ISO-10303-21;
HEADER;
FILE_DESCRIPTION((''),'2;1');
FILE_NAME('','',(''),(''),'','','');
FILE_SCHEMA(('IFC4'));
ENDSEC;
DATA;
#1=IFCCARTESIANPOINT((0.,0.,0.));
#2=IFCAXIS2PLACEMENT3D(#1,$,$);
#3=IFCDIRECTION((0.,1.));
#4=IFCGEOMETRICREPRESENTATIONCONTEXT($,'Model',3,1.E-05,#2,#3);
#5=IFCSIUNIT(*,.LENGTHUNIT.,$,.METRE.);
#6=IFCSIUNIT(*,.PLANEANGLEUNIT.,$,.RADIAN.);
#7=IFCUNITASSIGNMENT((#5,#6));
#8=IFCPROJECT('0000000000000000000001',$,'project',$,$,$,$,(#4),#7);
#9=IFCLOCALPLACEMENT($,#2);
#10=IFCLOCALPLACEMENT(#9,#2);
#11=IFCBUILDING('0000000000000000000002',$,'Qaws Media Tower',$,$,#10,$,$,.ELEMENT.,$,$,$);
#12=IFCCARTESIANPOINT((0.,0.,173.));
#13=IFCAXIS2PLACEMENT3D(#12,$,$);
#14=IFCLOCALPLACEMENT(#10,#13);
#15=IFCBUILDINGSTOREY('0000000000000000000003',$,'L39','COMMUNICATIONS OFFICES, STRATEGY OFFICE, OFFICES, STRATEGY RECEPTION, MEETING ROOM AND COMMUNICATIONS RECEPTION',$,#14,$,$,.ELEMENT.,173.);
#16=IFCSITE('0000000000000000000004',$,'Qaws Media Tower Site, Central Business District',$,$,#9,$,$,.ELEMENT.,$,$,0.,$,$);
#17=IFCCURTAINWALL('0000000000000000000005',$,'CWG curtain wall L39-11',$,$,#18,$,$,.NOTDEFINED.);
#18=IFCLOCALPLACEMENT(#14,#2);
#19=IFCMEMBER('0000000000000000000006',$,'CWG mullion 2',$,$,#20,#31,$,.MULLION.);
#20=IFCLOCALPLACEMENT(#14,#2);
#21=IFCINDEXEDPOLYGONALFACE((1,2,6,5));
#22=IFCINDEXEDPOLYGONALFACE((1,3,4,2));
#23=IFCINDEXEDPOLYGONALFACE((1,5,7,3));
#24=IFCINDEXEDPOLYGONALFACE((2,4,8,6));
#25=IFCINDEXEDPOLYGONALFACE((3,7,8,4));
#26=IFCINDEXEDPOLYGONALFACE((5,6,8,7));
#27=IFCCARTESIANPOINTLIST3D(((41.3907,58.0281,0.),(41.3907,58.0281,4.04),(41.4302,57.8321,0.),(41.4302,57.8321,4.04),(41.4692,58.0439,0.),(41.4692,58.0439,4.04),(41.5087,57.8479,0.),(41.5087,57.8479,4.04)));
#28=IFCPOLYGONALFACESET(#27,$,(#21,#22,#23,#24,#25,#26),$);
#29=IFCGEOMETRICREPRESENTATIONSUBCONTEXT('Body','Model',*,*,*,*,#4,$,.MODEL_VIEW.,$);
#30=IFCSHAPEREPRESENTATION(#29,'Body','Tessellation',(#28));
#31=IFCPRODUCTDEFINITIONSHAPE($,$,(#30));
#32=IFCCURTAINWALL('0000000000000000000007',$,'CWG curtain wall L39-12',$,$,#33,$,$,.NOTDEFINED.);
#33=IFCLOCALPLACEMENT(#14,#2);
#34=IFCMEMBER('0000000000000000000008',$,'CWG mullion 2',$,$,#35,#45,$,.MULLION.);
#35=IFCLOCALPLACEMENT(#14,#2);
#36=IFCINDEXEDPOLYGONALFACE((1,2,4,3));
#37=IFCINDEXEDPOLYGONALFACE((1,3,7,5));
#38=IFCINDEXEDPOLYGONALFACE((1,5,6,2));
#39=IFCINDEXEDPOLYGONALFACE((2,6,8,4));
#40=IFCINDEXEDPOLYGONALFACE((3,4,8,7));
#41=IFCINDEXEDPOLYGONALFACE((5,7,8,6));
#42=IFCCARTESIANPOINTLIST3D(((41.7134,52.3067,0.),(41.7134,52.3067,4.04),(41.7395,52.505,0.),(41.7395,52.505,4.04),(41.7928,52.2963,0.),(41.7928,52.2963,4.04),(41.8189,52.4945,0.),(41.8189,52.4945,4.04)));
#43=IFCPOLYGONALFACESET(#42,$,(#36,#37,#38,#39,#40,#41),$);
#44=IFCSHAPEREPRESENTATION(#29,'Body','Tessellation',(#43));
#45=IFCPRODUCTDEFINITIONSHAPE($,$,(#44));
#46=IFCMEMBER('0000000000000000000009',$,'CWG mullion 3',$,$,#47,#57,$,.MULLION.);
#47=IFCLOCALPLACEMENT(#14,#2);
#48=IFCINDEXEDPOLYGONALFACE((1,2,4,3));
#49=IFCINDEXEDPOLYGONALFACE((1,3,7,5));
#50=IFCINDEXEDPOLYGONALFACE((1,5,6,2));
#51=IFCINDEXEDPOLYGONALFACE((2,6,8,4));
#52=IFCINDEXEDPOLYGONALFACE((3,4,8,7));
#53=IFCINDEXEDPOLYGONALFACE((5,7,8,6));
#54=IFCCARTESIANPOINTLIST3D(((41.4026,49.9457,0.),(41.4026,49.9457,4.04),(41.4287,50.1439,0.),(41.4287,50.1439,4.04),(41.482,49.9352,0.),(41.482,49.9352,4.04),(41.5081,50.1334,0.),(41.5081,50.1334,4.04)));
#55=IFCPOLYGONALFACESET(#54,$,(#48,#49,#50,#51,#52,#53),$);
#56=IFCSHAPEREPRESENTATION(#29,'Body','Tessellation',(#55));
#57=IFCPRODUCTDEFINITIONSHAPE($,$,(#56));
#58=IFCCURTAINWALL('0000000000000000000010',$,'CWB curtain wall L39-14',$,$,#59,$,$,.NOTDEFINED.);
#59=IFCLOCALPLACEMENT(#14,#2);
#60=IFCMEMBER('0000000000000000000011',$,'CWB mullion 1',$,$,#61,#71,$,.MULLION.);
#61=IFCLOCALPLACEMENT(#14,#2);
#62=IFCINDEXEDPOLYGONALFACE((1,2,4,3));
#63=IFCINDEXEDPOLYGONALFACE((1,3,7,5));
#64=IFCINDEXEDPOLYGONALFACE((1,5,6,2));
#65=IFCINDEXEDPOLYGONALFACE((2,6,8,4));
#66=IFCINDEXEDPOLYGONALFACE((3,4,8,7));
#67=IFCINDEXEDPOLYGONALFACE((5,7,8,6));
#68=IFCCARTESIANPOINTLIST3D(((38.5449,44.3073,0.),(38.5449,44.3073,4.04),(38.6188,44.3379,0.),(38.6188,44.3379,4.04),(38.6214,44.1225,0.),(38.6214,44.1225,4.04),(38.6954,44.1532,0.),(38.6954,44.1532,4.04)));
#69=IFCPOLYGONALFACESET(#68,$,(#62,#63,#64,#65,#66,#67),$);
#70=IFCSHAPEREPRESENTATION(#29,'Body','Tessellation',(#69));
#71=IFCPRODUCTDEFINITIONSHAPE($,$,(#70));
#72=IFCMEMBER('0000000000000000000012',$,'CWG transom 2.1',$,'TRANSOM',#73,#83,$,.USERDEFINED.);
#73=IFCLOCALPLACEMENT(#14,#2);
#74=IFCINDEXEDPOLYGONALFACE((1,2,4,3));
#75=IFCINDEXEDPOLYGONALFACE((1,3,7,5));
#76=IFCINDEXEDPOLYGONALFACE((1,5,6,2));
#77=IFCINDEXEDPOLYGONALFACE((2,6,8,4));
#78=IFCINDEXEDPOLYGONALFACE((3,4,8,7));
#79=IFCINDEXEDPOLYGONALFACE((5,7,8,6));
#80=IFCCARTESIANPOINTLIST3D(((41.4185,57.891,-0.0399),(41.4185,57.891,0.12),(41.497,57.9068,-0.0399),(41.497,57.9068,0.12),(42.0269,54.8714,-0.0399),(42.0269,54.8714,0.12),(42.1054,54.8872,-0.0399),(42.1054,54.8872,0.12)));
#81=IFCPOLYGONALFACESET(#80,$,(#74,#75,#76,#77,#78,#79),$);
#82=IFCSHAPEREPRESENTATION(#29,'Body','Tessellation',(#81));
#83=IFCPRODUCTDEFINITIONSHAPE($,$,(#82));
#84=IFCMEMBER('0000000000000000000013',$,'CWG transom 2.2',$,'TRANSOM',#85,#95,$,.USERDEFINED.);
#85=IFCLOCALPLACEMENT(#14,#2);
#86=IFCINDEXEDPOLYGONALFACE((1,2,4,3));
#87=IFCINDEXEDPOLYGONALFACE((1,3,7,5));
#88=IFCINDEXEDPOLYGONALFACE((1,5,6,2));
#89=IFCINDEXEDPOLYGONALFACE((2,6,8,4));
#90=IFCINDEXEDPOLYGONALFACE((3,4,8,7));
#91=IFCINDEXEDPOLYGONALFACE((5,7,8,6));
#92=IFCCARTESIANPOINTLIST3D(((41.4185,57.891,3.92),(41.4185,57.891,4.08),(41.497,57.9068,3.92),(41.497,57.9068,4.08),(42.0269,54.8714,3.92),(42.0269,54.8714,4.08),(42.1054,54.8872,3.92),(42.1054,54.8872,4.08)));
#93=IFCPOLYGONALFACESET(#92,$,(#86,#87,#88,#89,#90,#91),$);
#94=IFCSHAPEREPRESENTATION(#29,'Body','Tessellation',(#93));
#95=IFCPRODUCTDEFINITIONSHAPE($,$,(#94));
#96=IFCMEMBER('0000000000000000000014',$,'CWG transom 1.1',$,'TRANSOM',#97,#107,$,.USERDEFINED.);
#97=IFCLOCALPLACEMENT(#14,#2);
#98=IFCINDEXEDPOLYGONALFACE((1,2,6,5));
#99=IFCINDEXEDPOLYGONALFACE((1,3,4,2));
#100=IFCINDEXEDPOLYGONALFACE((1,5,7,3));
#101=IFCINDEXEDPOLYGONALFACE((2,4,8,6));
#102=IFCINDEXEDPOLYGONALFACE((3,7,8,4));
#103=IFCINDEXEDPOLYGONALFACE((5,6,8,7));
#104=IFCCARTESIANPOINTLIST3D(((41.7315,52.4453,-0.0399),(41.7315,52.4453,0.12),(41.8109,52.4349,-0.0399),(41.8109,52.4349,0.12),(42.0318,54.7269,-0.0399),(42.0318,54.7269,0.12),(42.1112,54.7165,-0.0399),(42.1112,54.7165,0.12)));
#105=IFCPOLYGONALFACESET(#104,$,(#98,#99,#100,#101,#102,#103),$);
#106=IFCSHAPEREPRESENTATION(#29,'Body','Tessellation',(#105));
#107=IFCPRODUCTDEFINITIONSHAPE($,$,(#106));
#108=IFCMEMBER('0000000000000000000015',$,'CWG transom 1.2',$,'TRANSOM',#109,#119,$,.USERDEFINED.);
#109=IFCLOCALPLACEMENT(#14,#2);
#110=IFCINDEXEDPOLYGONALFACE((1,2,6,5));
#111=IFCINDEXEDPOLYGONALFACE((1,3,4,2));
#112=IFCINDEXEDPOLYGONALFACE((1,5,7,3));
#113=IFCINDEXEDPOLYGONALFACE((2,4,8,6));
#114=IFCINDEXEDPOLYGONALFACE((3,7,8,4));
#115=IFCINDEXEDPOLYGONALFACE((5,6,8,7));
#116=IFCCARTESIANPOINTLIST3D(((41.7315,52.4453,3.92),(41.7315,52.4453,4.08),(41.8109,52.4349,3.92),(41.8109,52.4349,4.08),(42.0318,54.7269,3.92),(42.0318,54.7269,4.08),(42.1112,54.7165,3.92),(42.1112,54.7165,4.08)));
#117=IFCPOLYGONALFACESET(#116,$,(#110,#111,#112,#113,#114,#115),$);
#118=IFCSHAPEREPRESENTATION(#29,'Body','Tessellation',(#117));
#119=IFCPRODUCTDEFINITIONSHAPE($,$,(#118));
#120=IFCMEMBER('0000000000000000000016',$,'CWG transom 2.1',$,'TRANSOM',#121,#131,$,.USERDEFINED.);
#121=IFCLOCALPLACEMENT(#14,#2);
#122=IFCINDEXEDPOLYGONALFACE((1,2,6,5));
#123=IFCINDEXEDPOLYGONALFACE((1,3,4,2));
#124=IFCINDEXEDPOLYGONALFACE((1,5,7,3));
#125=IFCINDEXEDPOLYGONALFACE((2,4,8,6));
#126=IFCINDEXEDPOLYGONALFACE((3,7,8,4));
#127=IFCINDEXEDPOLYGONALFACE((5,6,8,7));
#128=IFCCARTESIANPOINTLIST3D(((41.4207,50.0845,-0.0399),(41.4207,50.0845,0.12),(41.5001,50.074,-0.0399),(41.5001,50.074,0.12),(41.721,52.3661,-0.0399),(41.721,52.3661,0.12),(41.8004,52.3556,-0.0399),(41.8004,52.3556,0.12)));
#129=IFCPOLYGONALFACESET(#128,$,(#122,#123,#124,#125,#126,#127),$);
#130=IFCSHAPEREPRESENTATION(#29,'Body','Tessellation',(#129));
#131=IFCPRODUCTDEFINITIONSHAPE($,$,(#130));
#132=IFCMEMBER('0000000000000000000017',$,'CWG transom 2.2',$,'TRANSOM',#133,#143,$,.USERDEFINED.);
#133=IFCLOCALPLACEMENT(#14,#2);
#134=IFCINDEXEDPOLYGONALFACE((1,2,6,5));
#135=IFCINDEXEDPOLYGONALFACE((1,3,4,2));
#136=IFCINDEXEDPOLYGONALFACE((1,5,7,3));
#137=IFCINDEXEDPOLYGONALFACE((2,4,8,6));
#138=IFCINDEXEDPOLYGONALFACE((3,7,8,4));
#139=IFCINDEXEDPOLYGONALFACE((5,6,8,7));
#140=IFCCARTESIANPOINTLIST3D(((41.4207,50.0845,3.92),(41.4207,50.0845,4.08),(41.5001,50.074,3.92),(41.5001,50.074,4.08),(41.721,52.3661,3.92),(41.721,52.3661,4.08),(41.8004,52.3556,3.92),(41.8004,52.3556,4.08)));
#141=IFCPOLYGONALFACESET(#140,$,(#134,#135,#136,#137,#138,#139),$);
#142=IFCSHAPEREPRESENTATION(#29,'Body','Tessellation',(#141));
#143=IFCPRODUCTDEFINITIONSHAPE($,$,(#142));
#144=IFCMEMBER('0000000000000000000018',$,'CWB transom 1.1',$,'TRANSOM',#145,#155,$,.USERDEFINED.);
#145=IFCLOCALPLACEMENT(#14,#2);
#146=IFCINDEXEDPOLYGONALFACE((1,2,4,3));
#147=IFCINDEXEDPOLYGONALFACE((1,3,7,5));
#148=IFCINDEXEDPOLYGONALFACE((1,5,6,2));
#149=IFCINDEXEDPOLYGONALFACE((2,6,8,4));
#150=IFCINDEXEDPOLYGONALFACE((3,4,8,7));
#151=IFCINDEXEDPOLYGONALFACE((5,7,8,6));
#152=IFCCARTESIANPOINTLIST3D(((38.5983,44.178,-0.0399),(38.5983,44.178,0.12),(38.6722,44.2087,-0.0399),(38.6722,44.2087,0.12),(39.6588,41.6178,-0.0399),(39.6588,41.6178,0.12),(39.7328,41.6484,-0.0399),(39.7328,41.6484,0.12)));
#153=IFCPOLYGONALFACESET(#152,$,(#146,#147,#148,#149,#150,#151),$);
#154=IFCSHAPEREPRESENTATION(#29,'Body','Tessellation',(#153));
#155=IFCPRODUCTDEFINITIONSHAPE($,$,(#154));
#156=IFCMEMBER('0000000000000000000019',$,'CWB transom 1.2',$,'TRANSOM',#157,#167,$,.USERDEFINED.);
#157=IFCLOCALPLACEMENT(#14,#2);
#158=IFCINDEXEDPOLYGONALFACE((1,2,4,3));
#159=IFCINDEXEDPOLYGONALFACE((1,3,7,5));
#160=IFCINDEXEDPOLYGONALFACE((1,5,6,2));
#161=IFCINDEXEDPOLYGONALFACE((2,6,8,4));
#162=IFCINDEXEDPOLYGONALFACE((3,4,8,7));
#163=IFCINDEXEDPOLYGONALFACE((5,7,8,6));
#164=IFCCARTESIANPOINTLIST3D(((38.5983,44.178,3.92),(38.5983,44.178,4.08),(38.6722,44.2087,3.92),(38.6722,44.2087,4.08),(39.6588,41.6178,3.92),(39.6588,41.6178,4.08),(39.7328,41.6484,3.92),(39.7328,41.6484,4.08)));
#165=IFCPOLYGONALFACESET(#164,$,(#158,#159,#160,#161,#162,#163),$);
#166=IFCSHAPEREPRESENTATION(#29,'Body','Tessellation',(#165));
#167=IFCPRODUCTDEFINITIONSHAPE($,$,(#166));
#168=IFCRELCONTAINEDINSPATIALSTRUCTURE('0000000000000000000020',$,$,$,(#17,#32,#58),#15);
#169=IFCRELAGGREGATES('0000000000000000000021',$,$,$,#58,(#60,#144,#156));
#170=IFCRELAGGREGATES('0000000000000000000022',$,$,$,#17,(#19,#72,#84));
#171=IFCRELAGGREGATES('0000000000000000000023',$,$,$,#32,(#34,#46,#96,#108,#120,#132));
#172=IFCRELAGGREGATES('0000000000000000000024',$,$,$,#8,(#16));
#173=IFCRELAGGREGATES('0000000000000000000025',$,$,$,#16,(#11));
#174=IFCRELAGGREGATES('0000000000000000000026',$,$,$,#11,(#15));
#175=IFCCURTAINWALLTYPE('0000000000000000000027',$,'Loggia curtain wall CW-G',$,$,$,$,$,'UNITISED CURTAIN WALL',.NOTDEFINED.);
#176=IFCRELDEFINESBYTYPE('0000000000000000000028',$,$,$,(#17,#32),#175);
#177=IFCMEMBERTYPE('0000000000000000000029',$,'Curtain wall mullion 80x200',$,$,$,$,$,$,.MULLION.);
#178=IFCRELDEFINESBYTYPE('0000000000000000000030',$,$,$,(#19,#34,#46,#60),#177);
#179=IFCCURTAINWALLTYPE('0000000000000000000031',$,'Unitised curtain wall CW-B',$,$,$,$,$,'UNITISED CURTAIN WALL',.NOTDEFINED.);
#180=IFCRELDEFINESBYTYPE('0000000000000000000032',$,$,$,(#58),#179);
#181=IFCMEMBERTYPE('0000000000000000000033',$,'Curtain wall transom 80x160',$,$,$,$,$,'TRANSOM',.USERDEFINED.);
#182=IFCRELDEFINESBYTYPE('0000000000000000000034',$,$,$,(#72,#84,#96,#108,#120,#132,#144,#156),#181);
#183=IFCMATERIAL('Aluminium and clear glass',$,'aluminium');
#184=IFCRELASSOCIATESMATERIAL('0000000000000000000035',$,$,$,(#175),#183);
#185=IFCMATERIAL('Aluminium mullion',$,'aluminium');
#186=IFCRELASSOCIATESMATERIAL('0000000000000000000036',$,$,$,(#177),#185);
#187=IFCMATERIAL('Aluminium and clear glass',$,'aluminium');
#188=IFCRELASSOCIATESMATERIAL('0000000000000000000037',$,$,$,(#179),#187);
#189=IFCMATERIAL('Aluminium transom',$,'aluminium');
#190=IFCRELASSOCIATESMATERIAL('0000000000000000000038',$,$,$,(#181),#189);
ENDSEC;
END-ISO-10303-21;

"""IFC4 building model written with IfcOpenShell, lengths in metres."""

from ifc_helpers import new_model, si_unit, direction, frame, origin, origin_2d, place, context, subcontext, project, spatial, rectangle, extrude, material, material_profile, profile_set, type_object, element, aggregate, save


model = new_model("IFC4")

# Units and contexts
model_context = context("Model", 3, precision=1e-05, world=origin(), true_north=direction((0.0, 1.0)))
body_context = subcontext(model_context, "Body", "Model", "MODEL_VIEW")
ifc_project = project(units=[si_unit("LENGTHUNIT", "METRE"), si_unit("PLANEANGLEUNIT", "RADIAN")], contexts=[model_context])

# Site, building, storey
site_placement = place(None, origin())
site = spatial("IfcSite", under=ifc_project, at=site_placement, Name="Qaws Media Tower Site, Central Business District", CompositionType="ELEMENT", RefElevation=0.0)
building_placement = place(site_placement, origin())
building = spatial("IfcBuilding", under=site, at=building_placement, Name="Qaws Media Tower", CompositionType="ELEMENT")
storey_placement = place(building_placement, frame((0.0, 0.0, 173.0)))
storey = spatial("IfcBuildingStorey", under=building, at=storey_placement, Name="L39", Description="COMMUNICATIONS OFFICES, STRATEGY OFFICE, OFFICES, STRATEGY RECEPTION, MEETING ROOM AND COMMUNICATIONS RECEPTION", CompositionType="ELEMENT", Elevation=173.0)

# Curtain wall, member
ifc_material_1 = material(Name="Aluminium and clear glass", Category="aluminium")
curtain_wall_type_1 = type_object("IfcCurtainWallType", Name="Loggia curtain wall CW-G", ElementType="UNITISED CURTAIN WALL", PredefinedType="NOTDEFINED", material=ifc_material_1)
curtain_wall_1_placement = place(storey_placement, origin())
curtain_wall_1 = element("IfcCurtainWall", 1, at=curtain_wall_1_placement, inside=storey, type_object=curtain_wall_type_1, Name="CWG curtain wall L39-11", PredefinedType="NOTDEFINED")
ifc_material_2 = material(Name="Aluminium mullion", Category="aluminium")
ifc_material_profile_1 = material_profile(ifc_material_2, rectangle(XDim=0.0801, YDim=0.2, at=origin_2d()), Name="80x200")
ifc_profile_set_1 = profile_set([ifc_material_profile_1], Name="Aluminium mullion")
member_type_1 = type_object("IfcMemberType", Name="Curtain wall mullion 80x200", PredefinedType="MULLION", material=ifc_profile_set_1)
member_1_placement = place(storey_placement, frame((41.4497, 57.938, 0.0), z_axis=(0.0, 0.0, 1.0), x_axis=(0.980286, 0.197582, 0.0)))
member_1 = element("IfcMember", 2, at=member_1_placement, type_object=member_type_1, Name="CWG mullion 2", PredefinedType="MULLION", context=body_context, shape_type="SweptSolid", body=[
    extrude(rectangle(XDim=0.0801, YDim=0.2, at=origin_2d()), origin(), (0.0, 0.0, 1.0), 4.04),
])

# Curtain wall, members
curtain_wall_2_placement = place(storey_placement, origin())
curtain_wall_2 = element("IfcCurtainWall", 3, at=curtain_wall_2_placement, inside=storey, type_object=curtain_wall_type_1, Name="CWG curtain wall L39-12", PredefinedType="NOTDEFINED")
member_2_placement = place(storey_placement, frame((41.7661, 52.4006, 0.0), z_axis=(0.0, 0.0, 1.0), x_axis=(0.991445, -0.130526, 0.0)))
member_2 = element("IfcMember", 4, at=member_2_placement, type_object=member_type_1, Name="CWG mullion 2", PredefinedType="MULLION", context=body_context, shape_type="SweptSolid", body=[
    extrude(rectangle(XDim=0.0801, YDim=0.2, at=origin_2d()), origin(), (0.0, 0.0, 1.0), 4.04),
])
member_3_placement = place(storey_placement, frame((41.4553, 50.0396, 0.0), z_axis=(0.0, 0.0, 1.0), x_axis=(0.991445, -0.130526, 0.0)))
member_3 = element("IfcMember", 5, at=member_3_placement, type_object=member_type_1, Name="CWG mullion 3", PredefinedType="MULLION", context=body_context, shape_type="SweptSolid", body=[
    extrude(rectangle(XDim=0.0801, YDim=0.2, at=origin_2d()), origin(), (0.0, 0.0, 1.0), 4.04),
])

# Curtain wall, member
ifc_material_3 = material(Name="Aluminium and clear glass", Category="aluminium")
curtain_wall_type_2 = type_object("IfcCurtainWallType", Name="Unitised curtain wall CW-B", ElementType="UNITISED CURTAIN WALL", PredefinedType="NOTDEFINED", material=ifc_material_3)
curtain_wall_3_placement = place(storey_placement, origin())
curtain_wall_3 = element("IfcCurtainWall", 6, at=curtain_wall_3_placement, inside=storey, type_object=curtain_wall_type_2, Name="CWB curtain wall L39-14", PredefinedType="NOTDEFINED")
member_4_placement = place(storey_placement, frame((38.6201, 44.2302, 0.0), z_axis=(0.0, 0.0, 1.0), x_axis=(0.92388, 0.382683, 0.0)))
member_4 = element("IfcMember", 7, at=member_4_placement, type_object=member_type_1, Name="CWB mullion 1", PredefinedType="MULLION", context=body_context, shape_type="SweptSolid", body=[
    extrude(rectangle(XDim=0.0801, YDim=0.2, at=origin_2d()), origin(), (0.0, 0.0, 1.0), 4.04),
])

# Members
ifc_material_4 = material(Name="Aluminium transom", Category="aluminium")
ifc_material_profile_2 = material_profile(ifc_material_4, rectangle(XDim=0.0801, YDim=0.1599, at=origin_2d()), Name="80x160")
ifc_profile_set_2 = profile_set([ifc_material_profile_2], Name="Aluminium transom")
member_type_2 = type_object("IfcMemberType", Name="Curtain wall transom 80x160", ElementType="TRANSOM", PredefinedType="USERDEFINED", material=ifc_profile_set_2)
member_5_placement = place(storey_placement, frame((41.4578, 57.8989, 0.04), z_axis=(0.197518, -0.980299, 0.0), x_axis=(0.980299, 0.197518, 0.0)))
member_5 = element("IfcMember", 8, at=member_5_placement, type_object=member_type_2, Name="CWG transom 2.1", ObjectType="TRANSOM", PredefinedType="USERDEFINED", context=body_context, shape_type="SweptSolid", body=[
    extrude(rectangle(XDim=0.0801, YDim=0.1599, at=origin_2d()), origin(), (0.0, 0.0, 1.0), 3.0803),
])
member_6_placement = place(storey_placement, frame((41.4578, 57.8989, 4.0), z_axis=(0.197518, -0.980299, 0.0), x_axis=(0.980299, 0.197518, 0.0)))
member_6 = element("IfcMember", 9, at=member_6_placement, type_object=member_type_2, Name="CWG transom 2.2", ObjectType="TRANSOM", PredefinedType="USERDEFINED", context=body_context, shape_type="SweptSolid", body=[
    extrude(rectangle(XDim=0.0801, YDim=0.1599, at=origin_2d()), origin(), (0.0, 0.0, 1.0), 3.0803),
])
member_7_placement = place(storey_placement, frame((42.0715, 54.7217, 0.04), z_axis=(-0.130496, -0.991449, 0.0), x_axis=(0.991449, -0.130496, 0.0)))
member_7 = element("IfcMember", 10, at=member_7_placement, type_object=member_type_2, Name="CWG transom 1.1", ObjectType="TRANSOM", PredefinedType="USERDEFINED", context=body_context, shape_type="SweptSolid", body=[
    extrude(rectangle(XDim=0.0801, YDim=0.1599, at=origin_2d()), origin(), (0.0, 0.0, 1.0), 2.3013),
])
member_8_placement = place(storey_placement, frame((42.0715, 54.7217, 4.0), z_axis=(-0.130496, -0.991449, 0.0), x_axis=(0.991449, -0.130496, 0.0)))
member_8 = element("IfcMember", 11, at=member_8_placement, type_object=member_type_2, Name="CWG transom 1.2", ObjectType="TRANSOM", PredefinedType="USERDEFINED", context=body_context, shape_type="SweptSolid", body=[
    extrude(rectangle(XDim=0.0801, YDim=0.1599, at=origin_2d()), origin(), (0.0, 0.0, 1.0), 2.3013),
])
member_9_placement = place(storey_placement, frame((41.7607, 52.3608, 0.04), z_axis=(-0.130496, -0.991449, 0.0), x_axis=(0.991449, -0.130496, 0.0)))
member_9 = element("IfcMember", 12, at=member_9_placement, type_object=member_type_2, Name="CWG transom 2.1", ObjectType="TRANSOM", PredefinedType="USERDEFINED", context=body_context, shape_type="SweptSolid", body=[
    extrude(rectangle(XDim=0.0801, YDim=0.1599, at=origin_2d()), origin(), (0.0, 0.0, 1.0), 2.3013),
])
member_10_placement = place(storey_placement, frame((41.7607, 52.3608, 4.0), z_axis=(-0.130496, -0.991449, 0.0), x_axis=(0.991449, -0.130496, 0.0)))
member_10 = element("IfcMember", 13, at=member_10_placement, type_object=member_type_2, Name="CWG transom 2.2", ObjectType="TRANSOM", PredefinedType="USERDEFINED", context=body_context, shape_type="SweptSolid", body=[
    extrude(rectangle(XDim=0.0801, YDim=0.1599, at=origin_2d()), origin(), (0.0, 0.0, 1.0), 2.3013),
])
member_11_placement = place(storey_placement, frame((38.6353, 44.1934, 0.04), z_axis=(0.382694, -0.923875, 0.0), x_axis=(0.923875, 0.382694, 0.0)))
member_11 = element("IfcMember", 14, at=member_11_placement, type_object=member_type_2, Name="CWB transom 1.1", ObjectType="TRANSOM", PredefinedType="USERDEFINED", context=body_context, shape_type="SweptSolid", body=[
    extrude(rectangle(XDim=0.0801, YDim=0.1599, at=origin_2d()), origin(), (0.0, 0.0, 1.0), 2.7712),
])
member_12_placement = place(storey_placement, frame((38.6353, 44.1934, 4.0), z_axis=(0.382694, -0.923875, 0.0), x_axis=(0.923875, 0.382694, 0.0)))
member_12 = element("IfcMember", 15, at=member_12_placement, type_object=member_type_2, Name="CWB transom 1.2", ObjectType="TRANSOM", PredefinedType="USERDEFINED", context=body_context, shape_type="SweptSolid", body=[
    extrude(rectangle(XDim=0.0801, YDim=0.1599, at=origin_2d()), origin(), (0.0, 0.0, 1.0), 2.7712),
])
aggregate(curtain_wall_3, [member_4, member_11, member_12])

aggregate(curtain_wall_1, [member_1, member_5, member_6])
aggregate(curtain_wall_2, [member_2, member_3, member_7, member_8, member_9, member_10])

save(model, "model.ifc")
